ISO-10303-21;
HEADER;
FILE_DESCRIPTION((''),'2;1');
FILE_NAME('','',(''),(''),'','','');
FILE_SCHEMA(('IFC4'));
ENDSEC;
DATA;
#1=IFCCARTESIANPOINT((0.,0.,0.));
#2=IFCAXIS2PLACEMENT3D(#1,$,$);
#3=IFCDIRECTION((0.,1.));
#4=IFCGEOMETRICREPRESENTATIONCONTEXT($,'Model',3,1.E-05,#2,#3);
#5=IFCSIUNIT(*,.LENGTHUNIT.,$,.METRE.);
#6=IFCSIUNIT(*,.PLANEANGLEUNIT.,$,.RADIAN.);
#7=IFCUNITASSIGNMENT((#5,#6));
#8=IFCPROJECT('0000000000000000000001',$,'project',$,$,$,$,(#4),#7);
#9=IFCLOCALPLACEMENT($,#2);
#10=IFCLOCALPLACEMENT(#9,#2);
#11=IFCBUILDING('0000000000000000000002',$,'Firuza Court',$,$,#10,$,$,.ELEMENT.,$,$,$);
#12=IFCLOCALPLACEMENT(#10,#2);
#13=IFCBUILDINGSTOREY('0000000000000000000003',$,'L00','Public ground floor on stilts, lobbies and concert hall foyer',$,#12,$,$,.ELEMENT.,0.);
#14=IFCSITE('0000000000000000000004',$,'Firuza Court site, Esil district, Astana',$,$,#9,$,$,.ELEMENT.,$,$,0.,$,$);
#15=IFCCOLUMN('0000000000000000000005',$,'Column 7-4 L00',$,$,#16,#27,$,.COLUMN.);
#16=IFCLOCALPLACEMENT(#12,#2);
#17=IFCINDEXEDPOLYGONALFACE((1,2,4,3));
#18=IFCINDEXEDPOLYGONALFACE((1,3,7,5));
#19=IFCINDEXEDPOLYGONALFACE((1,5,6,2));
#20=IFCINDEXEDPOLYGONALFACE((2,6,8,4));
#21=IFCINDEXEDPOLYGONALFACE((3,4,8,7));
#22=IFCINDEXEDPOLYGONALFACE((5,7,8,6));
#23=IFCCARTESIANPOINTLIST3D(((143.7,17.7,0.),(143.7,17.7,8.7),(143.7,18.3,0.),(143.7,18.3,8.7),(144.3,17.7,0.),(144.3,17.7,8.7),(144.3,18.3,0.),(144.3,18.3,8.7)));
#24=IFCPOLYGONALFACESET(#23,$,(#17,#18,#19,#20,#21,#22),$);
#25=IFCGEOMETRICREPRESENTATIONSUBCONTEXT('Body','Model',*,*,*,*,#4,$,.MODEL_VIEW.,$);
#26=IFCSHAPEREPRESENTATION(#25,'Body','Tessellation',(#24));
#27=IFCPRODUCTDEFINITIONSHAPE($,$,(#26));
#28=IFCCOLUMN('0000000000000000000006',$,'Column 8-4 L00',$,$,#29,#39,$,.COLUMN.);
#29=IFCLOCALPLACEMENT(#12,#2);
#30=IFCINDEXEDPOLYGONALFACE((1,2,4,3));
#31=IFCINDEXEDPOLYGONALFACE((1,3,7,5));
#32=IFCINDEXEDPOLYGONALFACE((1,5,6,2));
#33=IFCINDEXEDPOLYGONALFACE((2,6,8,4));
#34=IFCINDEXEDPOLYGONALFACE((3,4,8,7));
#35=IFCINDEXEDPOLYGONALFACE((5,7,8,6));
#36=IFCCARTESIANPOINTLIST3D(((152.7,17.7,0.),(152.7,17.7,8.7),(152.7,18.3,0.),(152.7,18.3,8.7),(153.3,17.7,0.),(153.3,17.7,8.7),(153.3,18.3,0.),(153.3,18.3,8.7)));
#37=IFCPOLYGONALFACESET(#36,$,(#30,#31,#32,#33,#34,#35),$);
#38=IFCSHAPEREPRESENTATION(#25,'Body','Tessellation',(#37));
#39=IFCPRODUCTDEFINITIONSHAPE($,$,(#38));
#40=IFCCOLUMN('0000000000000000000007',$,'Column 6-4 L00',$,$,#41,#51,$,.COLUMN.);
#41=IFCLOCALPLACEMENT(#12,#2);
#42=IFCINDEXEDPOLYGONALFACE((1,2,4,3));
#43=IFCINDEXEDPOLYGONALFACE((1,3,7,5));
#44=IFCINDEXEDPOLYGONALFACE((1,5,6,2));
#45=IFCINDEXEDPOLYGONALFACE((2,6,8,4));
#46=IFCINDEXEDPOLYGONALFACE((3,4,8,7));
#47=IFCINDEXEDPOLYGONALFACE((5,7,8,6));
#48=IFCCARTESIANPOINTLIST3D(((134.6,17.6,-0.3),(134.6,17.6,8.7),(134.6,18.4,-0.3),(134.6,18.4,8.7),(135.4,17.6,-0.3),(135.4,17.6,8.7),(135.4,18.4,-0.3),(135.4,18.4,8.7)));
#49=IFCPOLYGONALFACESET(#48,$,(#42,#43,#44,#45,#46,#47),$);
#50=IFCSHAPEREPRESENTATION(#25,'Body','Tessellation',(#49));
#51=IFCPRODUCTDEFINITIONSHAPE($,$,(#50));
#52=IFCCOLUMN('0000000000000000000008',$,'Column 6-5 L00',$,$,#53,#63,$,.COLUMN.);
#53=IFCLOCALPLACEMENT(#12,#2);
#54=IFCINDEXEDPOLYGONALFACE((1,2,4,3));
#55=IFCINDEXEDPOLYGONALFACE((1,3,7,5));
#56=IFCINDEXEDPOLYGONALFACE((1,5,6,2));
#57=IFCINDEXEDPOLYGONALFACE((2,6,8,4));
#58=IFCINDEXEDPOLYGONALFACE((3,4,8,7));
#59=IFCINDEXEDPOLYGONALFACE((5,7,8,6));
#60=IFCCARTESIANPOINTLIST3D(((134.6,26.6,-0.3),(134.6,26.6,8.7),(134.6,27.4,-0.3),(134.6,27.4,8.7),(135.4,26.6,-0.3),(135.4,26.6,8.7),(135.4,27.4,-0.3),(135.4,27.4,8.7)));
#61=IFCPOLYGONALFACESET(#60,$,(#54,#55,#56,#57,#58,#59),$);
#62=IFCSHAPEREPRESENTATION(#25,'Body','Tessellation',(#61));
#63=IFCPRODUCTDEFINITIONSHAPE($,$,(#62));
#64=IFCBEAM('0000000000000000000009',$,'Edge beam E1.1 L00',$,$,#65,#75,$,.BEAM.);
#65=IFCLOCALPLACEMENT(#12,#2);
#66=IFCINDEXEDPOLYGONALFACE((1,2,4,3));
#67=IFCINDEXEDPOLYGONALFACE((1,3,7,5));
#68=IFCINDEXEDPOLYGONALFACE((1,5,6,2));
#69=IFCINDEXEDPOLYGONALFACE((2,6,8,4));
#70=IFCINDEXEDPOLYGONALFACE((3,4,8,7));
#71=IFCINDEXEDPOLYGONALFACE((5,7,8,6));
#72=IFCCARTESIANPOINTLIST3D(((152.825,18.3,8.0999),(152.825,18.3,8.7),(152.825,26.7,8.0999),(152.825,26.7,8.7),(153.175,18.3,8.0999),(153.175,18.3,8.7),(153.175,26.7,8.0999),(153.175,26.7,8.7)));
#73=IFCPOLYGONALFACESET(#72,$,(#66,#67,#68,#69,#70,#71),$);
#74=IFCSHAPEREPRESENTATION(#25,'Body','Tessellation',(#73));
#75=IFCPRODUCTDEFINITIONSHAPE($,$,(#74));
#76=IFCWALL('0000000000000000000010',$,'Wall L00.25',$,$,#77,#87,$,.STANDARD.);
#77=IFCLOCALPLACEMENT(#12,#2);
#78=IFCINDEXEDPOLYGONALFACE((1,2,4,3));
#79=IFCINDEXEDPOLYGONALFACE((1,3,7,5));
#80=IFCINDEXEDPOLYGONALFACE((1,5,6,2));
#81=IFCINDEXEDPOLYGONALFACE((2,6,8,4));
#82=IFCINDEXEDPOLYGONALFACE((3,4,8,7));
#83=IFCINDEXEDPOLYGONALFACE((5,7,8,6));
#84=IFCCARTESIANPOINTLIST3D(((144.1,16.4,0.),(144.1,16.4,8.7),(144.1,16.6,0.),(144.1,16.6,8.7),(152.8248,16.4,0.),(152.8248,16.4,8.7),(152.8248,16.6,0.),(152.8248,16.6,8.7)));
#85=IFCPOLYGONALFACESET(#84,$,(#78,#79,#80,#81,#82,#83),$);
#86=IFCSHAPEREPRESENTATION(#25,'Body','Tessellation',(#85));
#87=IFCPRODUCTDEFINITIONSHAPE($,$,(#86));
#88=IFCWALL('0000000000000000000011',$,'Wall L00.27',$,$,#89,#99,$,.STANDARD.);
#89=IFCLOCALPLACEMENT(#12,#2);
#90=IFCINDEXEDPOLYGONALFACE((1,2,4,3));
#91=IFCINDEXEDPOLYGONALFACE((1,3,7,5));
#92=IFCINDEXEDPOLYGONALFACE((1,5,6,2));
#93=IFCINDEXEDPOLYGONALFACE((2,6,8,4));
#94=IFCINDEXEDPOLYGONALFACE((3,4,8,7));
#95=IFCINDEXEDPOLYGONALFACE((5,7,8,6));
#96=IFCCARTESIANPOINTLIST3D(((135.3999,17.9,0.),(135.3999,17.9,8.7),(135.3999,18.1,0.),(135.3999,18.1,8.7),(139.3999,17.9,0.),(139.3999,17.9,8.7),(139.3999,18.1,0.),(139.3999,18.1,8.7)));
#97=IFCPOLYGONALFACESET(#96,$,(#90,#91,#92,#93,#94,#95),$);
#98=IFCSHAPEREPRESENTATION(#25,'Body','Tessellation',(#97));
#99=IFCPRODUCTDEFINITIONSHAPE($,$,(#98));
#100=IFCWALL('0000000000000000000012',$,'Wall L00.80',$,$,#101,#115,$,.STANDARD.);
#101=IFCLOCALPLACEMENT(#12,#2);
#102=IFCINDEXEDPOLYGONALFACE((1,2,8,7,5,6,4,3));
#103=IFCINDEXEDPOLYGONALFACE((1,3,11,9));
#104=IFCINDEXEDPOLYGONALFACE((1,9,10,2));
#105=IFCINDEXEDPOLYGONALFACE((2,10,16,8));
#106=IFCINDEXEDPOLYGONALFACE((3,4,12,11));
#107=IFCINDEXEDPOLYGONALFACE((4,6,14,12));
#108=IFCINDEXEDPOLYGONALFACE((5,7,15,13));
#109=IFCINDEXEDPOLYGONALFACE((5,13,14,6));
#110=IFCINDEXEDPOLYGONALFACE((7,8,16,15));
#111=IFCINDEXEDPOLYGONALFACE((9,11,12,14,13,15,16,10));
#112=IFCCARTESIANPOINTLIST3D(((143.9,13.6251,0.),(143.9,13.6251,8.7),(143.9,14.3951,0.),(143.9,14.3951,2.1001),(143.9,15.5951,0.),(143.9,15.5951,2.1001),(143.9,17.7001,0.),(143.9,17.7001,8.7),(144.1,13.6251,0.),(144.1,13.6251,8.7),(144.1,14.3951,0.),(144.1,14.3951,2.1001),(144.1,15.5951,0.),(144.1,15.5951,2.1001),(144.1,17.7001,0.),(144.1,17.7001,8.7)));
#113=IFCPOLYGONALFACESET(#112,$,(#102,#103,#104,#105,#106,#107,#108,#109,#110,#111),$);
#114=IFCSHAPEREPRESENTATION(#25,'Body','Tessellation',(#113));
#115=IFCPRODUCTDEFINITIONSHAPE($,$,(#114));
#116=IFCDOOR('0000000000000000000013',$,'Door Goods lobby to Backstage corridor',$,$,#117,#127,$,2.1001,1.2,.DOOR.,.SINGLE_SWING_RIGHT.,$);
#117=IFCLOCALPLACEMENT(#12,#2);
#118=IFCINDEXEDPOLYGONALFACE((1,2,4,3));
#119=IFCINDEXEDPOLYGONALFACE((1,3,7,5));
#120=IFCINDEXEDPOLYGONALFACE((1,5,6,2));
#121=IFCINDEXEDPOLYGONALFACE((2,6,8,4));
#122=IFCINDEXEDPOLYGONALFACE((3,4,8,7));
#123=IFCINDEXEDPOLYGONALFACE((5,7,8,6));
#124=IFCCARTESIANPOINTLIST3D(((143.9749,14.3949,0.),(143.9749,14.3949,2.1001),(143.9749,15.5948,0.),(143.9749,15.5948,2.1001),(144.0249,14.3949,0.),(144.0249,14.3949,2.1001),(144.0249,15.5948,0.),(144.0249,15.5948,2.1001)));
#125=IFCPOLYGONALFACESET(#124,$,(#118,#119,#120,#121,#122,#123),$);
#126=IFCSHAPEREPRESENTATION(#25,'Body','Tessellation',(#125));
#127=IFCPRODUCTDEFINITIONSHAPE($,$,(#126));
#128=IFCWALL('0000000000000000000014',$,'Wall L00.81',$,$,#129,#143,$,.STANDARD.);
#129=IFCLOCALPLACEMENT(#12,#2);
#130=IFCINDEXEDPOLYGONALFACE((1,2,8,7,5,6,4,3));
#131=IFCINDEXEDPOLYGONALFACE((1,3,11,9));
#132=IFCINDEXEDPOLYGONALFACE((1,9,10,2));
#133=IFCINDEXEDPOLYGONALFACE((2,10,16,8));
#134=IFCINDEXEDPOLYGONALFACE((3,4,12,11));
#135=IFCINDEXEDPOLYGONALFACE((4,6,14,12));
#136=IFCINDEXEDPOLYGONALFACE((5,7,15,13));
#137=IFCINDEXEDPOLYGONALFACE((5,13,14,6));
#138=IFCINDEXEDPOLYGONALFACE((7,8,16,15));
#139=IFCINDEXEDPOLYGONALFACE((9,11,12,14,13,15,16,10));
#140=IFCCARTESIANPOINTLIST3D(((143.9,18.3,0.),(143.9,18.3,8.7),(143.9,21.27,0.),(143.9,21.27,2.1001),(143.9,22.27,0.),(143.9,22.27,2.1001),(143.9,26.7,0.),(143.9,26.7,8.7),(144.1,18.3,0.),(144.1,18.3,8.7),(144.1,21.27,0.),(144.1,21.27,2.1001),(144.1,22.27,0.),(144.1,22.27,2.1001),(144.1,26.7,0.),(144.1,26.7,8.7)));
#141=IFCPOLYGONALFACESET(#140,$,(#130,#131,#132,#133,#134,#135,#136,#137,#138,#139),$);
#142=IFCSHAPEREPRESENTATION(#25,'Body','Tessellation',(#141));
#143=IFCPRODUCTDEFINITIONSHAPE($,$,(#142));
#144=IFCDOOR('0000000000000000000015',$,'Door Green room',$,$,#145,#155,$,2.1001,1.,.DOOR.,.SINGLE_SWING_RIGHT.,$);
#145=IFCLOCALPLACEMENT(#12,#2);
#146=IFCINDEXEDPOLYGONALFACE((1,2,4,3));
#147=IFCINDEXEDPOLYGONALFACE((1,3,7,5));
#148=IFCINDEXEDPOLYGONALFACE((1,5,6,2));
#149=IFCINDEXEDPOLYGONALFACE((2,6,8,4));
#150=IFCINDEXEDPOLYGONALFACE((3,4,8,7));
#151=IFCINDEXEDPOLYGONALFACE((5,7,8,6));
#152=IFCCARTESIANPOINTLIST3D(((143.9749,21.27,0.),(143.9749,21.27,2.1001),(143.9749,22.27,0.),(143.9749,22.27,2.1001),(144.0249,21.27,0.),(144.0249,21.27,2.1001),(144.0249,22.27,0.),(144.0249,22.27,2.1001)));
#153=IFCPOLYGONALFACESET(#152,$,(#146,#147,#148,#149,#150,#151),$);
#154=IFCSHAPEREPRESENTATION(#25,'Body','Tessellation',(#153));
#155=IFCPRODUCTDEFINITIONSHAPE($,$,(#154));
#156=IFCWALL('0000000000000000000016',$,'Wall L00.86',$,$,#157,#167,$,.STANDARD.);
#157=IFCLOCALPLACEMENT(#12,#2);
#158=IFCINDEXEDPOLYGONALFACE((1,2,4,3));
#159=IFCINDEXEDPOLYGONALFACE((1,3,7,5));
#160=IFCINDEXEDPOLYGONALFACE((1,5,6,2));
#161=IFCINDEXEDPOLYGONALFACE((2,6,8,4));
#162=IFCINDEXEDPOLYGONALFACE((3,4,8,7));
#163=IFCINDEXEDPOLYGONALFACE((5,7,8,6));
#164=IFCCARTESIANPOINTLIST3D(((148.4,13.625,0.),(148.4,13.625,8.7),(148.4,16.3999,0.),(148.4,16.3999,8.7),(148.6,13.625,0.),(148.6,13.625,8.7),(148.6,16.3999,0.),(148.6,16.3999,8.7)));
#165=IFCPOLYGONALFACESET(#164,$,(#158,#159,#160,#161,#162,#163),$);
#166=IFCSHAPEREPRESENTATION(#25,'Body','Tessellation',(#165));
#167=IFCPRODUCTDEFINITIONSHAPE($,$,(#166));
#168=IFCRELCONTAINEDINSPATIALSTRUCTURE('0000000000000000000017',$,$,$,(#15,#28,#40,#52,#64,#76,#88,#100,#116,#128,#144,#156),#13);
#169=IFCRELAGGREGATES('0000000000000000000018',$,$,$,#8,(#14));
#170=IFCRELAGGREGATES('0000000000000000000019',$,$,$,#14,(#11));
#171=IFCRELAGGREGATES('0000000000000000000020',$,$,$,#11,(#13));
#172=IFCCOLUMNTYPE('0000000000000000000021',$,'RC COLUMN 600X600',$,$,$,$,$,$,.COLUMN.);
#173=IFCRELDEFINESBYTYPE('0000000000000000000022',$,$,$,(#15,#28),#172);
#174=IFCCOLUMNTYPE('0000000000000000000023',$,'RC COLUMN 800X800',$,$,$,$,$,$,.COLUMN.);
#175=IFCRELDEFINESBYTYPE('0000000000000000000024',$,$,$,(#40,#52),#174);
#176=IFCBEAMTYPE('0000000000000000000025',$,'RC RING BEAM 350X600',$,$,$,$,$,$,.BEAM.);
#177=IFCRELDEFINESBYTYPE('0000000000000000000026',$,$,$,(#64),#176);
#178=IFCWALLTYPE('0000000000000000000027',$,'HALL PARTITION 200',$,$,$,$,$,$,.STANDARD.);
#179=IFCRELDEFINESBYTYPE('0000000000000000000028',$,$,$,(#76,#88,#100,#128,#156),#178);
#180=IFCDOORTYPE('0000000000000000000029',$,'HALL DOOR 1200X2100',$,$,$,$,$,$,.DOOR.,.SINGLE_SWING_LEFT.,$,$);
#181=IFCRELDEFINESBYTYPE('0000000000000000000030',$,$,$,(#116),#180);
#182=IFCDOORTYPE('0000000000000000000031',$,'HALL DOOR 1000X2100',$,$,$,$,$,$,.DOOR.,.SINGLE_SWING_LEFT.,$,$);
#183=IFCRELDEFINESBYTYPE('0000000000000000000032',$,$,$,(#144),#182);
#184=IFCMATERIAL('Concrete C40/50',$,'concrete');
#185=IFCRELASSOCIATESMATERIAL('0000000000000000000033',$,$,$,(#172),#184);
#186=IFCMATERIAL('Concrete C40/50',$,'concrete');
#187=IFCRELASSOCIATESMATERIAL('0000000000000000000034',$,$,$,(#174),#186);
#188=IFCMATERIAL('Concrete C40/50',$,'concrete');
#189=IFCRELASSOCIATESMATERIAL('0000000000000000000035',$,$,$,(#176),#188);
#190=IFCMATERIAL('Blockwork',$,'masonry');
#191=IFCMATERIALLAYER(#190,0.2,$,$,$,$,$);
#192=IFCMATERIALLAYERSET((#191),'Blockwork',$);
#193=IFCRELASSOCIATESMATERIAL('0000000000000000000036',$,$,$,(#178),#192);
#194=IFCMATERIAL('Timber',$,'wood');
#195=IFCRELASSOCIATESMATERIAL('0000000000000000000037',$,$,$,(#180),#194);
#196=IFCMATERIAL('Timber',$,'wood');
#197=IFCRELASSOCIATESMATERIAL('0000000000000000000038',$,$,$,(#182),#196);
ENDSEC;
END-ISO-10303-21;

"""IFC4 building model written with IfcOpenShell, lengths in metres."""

from ifc_helpers import new_model, si_unit, direction, frame, frame_2d, origin, origin_2d, place, context, subcontext, project, spatial, rectangle, extrude, material, layer, layer_set, material_profile, profile_set, type_object, element, fill, save


model = new_model("IFC4")

# Units and contexts
model_context = context("Model", 3, precision=1e-05, world=origin(), true_north=direction((0.0, 1.0)))
body_context = subcontext(model_context, "Body", "Model", "MODEL_VIEW")
ifc_project = project(units=[si_unit("LENGTHUNIT", "METRE"), si_unit("PLANEANGLEUNIT", "RADIAN")], contexts=[model_context])

# Site, building, storey
site_placement = place(None, origin())
site = spatial("IfcSite", under=ifc_project, at=site_placement, Name="Firuza Court site, Esil district, Astana", CompositionType="ELEMENT", RefElevation=0.0)
building_placement = place(site_placement, origin())
building = spatial("IfcBuilding", under=site, at=building_placement, Name="Firuza Court", CompositionType="ELEMENT")
storey_placement = place(building_placement, origin())
storey = spatial("IfcBuildingStorey", under=building, at=storey_placement, Name="L00", Description="Public ground floor on stilts, lobbies and concert hall foyer", CompositionType="ELEMENT", Elevation=0.0)

# Columns
ifc_material_1 = material(Name="Concrete C40/50", Category="concrete")
ifc_material_profile_1 = material_profile(ifc_material_1, rectangle(XDim=0.6001, YDim=0.6001, at=origin_2d()), Name="RC 600X600")
ifc_profile_set_1 = profile_set([ifc_material_profile_1], Name="Concrete C40/50")
column_type_1 = type_object("IfcColumnType", Name="RC COLUMN 600X600", PredefinedType="COLUMN", material=ifc_profile_set_1)
for number, where, z_axis, x_axis, name in (
    (1, (144.0, 18.0, 0.0), (0.0, 0.0, 1.0), (1.0, 0.0, 0.0), "Column 7-4 L00"),
    (2, (153.0, 18.0, 0.0), (0.0, 0.0, 1.0), (1.0, 0.0, 0.0), "Column 8-4 L00"),
):
    element("IfcColumn", number, at=place(storey_placement, frame(where, z_axis=z_axis, x_axis=x_axis)), inside=storey, type_object=column_type_1, Name=name, PredefinedType="COLUMN", context=body_context, shape_type="SweptSolid", body=[
        extrude(rectangle(XDim=0.6001, YDim=0.6001, at=origin_2d()), origin(), (0.0, 0.0, 1.0), 8.7),
    ])
ifc_material_2 = material(Name="Concrete C40/50", Category="concrete")
ifc_material_profile_2 = material_profile(ifc_material_2, rectangle(XDim=0.8, YDim=0.8, at=origin_2d()), Name="RC 800X800")
ifc_profile_set_2 = profile_set([ifc_material_profile_2], Name="Concrete C40/50")
column_type_2 = type_object("IfcColumnType", Name="RC COLUMN 800X800", PredefinedType="COLUMN", material=ifc_profile_set_2)
for number, where, z_axis, x_axis, name in (
    (3, (135.0, 18.0, -0.3), (0.0, 0.0, 1.0), (1.0, 0.0, 0.0), "Column 6-4 L00"),
    (4, (135.0, 27.0, -0.3), (0.0, 0.0, 1.0), (1.0, 0.0, 0.0), "Column 6-5 L00"),
):
    element("IfcColumn", number, at=place(storey_placement, frame(where, z_axis=z_axis, x_axis=x_axis)), inside=storey, type_object=column_type_2, Name=name, PredefinedType="COLUMN", context=body_context, shape_type="SweptSolid", body=[
        extrude(rectangle(XDim=0.8, YDim=0.8, at=origin_2d()), origin(), (0.0, 0.0, 1.0), 9.0),
    ])

# Beam
ifc_material_3 = material(Name="Concrete C40/50", Category="concrete")
ifc_material_profile_3 = material_profile(ifc_material_3, rectangle(XDim=0.3501, YDim=0.6001, at=origin_2d()), Name="RC 350X600")
ifc_profile_set_3 = profile_set([ifc_material_profile_3], Name="Concrete C40/50")
beam_type = type_object("IfcBeamType", Name="RC RING BEAM 350X600", PredefinedType="BEAM", material=ifc_profile_set_3)
beam_placement = place(storey_placement, frame((153.0, 18.3, 8.3999), z_axis=(0.0, 1.0, 0.0), x_axis=(-1.0, 0.0, 0.0)))
element("IfcBeam", 5, at=beam_placement, inside=storey, type_object=beam_type, Name="Edge beam E1.1 L00", PredefinedType="BEAM", context=body_context, shape_type="SweptSolid", body=[
    extrude(rectangle(XDim=0.3501, YDim=0.6001, at=origin_2d()), origin(), (0.0, 0.0, 1.0), 8.3999),
])

# Walls
ifc_material_4 = material(Name="Blockwork", Category="masonry")
ifc_layer_1 = layer(ifc_material_4, 0.2)
ifc_layer_set_1 = layer_set([ifc_layer_1], Name="Blockwork")
wall_type_1 = type_object("IfcWallType", Name="HALL PARTITION 200", PredefinedType="STANDARD", material=ifc_layer_set_1)
wall_1_placement = place(storey_placement, frame((144.1001, 16.5, 0.0), z_axis=(0.0, 0.0, 1.0), x_axis=(1.0, 0.0, 0.0)))
element("IfcWall", 6, at=wall_1_placement, inside=storey, type_object=wall_type_1, Name="Wall L00.25", PredefinedType="STANDARD", context=body_context, shape_type="SweptSolid", body=[
    extrude(rectangle(XDim=8.7249, YDim=0.2, at=frame_2d((4.3623, 0.0))), origin(), (0.0, 0.0, 1.0), 8.7),
])
wall_2_placement = place(storey_placement, frame((135.3999, 18.0, 0.0), z_axis=(0.0, 0.0, 1.0), x_axis=(1.0, 0.0, 0.0)))
element("IfcWall", 7, at=wall_2_placement, inside=storey, type_object=wall_type_1, Name="Wall L00.27", PredefinedType="STANDARD", context=body_context, shape_type="SweptSolid", body=[
    extrude(rectangle(XDim=4.0, YDim=0.2, at=frame_2d((2.0, 0.0))), origin(), (0.0, 0.0, 1.0), 8.7),
])

# Walls, openings, doors
wall_3_placement = place(storey_placement, frame((144.0, 13.625, 0.0), z_axis=(0.0, 0.0, 1.0), x_axis=(0.0, 1.0, 0.0)))
wall_3 = element("IfcWall", 8, at=wall_3_placement, inside=storey, type_object=wall_type_1, Name="Wall L00.80", PredefinedType="STANDARD", context=body_context, shape_type="SweptSolid", body=[
    extrude(rectangle(XDim=4.075, YDim=0.2, at=frame_2d((2.0376, 0.0))), origin(), (0.0, 0.0, 1.0), 8.7),
])
opening_1_placement = place(wall_3_placement, frame((0.77, 0.0, 0.0)))
opening_1 = element("IfcOpeningElement", 9, at=opening_1_placement, cuts=wall_3, PredefinedType="OPENING", context=body_context, shape_type="SweptSolid", body=[
    extrude(rectangle(XDim=1.2, YDim=2.1001, at=frame_2d((0.6001, 1.05))), frame((0.0, 0.1118, 0.0), z_axis=(0.0, -1.0, 0.0), x_axis=(1.0, 0.0, 0.0)), (0.0, 0.0, 1.0), 0.2239),
])
ifc_material_5 = material(Name="Timber", Category="wood")
door_type_1 = type_object("IfcDoorType", Name="HALL DOOR 1200X2100", OperationType="SINGLE_SWING_LEFT", PredefinedType="DOOR", material=ifc_material_5)
door_1_placement = place(opening_1_placement, frame((1.2, 0.0, 0.0), z_axis=(0.0, 0.0, 1.0), x_axis=(-1.0, 0.0, 0.0)))
door_1 = element("IfcDoor", 10, at=door_1_placement, inside=storey, type_object=door_type_1, Name="Door Goods lobby to Backstage corridor", OperationType="SINGLE_SWING_RIGHT", OverallHeight=2.1001, OverallWidth=1.2, PredefinedType="DOOR", context=body_context, shape_type="SweptSolid", body=[
    extrude(rectangle(XDim=1.2, YDim=2.1001, at=frame_2d((0.6001, 1.05))), frame((0.0, 0.0249, 0.0), z_axis=(0.0, -1.0, 0.0), x_axis=(1.0, 0.0, 0.0)), (0.0, 0.0, 1.0), 0.05),
])
fill(opening_1, door_1)
wall_4_placement = place(storey_placement, frame((144.0, 18.3, 0.0), z_axis=(0.0, 0.0, 1.0), x_axis=(0.0, 1.0, 0.0)))
wall_4 = element("IfcWall", 11, at=wall_4_placement, inside=storey, type_object=wall_type_1, Name="Wall L00.81", PredefinedType="STANDARD", context=body_context, shape_type="SweptSolid", body=[
    extrude(rectangle(XDim=8.3999, YDim=0.2, at=frame_2d((4.2, 0.0))), origin(), (0.0, 0.0, 1.0), 8.7),
])
opening_2_placement = place(wall_4_placement, frame((2.97, 0.0, 0.0)))
opening_2 = element("IfcOpeningElement", 12, at=opening_2_placement, cuts=wall_4, PredefinedType="OPENING", context=body_context, shape_type="SweptSolid", body=[
    extrude(rectangle(XDim=1.0, YDim=2.1001, at=frame_2d((0.5, 1.05))), frame((0.0, 0.1118, 0.0), z_axis=(0.0, -1.0, 0.0), x_axis=(1.0, 0.0, 0.0)), (0.0, 0.0, 1.0), 0.2239),
])
ifc_material_6 = material(Name="Timber", Category="wood")
door_type_2 = type_object("IfcDoorType", Name="HALL DOOR 1000X2100", OperationType="SINGLE_SWING_LEFT", PredefinedType="DOOR", material=ifc_material_6)
door_2_placement = place(opening_2_placement, frame((1.0, 0.0, 0.0), z_axis=(0.0, 0.0, 1.0), x_axis=(-1.0, 0.0, 0.0)))
door_2 = element("IfcDoor", 13, at=door_2_placement, inside=storey, type_object=door_type_2, Name="Door Green room", OperationType="SINGLE_SWING_RIGHT", OverallHeight=2.1001, OverallWidth=1.0, PredefinedType="DOOR", context=body_context, shape_type="SweptSolid", body=[
    extrude(rectangle(XDim=1.0, YDim=2.1001, at=frame_2d((0.5, 1.05))), frame((0.0, 0.0249, 0.0), z_axis=(0.0, -1.0, 0.0), x_axis=(1.0, 0.0, 0.0)), (0.0, 0.0, 1.0), 0.05),
])
fill(opening_2, door_2)

# Wall
wall_5_placement = place(storey_placement, frame((148.5, 13.625, 0.0), z_axis=(0.0, 0.0, 1.0), x_axis=(0.0, 1.0, 0.0)))
element("IfcWall", 14, at=wall_5_placement, inside=storey, type_object=wall_type_1, Name="Wall L00.86", PredefinedType="STANDARD", context=body_context, shape_type="SweptSolid", body=[
    extrude(rectangle(XDim=2.7749, YDim=0.2, at=frame_2d((1.3875, 0.0))), origin(), (0.0, 0.0, 1.0), 8.7),
])

save(model, "model.ifc")
